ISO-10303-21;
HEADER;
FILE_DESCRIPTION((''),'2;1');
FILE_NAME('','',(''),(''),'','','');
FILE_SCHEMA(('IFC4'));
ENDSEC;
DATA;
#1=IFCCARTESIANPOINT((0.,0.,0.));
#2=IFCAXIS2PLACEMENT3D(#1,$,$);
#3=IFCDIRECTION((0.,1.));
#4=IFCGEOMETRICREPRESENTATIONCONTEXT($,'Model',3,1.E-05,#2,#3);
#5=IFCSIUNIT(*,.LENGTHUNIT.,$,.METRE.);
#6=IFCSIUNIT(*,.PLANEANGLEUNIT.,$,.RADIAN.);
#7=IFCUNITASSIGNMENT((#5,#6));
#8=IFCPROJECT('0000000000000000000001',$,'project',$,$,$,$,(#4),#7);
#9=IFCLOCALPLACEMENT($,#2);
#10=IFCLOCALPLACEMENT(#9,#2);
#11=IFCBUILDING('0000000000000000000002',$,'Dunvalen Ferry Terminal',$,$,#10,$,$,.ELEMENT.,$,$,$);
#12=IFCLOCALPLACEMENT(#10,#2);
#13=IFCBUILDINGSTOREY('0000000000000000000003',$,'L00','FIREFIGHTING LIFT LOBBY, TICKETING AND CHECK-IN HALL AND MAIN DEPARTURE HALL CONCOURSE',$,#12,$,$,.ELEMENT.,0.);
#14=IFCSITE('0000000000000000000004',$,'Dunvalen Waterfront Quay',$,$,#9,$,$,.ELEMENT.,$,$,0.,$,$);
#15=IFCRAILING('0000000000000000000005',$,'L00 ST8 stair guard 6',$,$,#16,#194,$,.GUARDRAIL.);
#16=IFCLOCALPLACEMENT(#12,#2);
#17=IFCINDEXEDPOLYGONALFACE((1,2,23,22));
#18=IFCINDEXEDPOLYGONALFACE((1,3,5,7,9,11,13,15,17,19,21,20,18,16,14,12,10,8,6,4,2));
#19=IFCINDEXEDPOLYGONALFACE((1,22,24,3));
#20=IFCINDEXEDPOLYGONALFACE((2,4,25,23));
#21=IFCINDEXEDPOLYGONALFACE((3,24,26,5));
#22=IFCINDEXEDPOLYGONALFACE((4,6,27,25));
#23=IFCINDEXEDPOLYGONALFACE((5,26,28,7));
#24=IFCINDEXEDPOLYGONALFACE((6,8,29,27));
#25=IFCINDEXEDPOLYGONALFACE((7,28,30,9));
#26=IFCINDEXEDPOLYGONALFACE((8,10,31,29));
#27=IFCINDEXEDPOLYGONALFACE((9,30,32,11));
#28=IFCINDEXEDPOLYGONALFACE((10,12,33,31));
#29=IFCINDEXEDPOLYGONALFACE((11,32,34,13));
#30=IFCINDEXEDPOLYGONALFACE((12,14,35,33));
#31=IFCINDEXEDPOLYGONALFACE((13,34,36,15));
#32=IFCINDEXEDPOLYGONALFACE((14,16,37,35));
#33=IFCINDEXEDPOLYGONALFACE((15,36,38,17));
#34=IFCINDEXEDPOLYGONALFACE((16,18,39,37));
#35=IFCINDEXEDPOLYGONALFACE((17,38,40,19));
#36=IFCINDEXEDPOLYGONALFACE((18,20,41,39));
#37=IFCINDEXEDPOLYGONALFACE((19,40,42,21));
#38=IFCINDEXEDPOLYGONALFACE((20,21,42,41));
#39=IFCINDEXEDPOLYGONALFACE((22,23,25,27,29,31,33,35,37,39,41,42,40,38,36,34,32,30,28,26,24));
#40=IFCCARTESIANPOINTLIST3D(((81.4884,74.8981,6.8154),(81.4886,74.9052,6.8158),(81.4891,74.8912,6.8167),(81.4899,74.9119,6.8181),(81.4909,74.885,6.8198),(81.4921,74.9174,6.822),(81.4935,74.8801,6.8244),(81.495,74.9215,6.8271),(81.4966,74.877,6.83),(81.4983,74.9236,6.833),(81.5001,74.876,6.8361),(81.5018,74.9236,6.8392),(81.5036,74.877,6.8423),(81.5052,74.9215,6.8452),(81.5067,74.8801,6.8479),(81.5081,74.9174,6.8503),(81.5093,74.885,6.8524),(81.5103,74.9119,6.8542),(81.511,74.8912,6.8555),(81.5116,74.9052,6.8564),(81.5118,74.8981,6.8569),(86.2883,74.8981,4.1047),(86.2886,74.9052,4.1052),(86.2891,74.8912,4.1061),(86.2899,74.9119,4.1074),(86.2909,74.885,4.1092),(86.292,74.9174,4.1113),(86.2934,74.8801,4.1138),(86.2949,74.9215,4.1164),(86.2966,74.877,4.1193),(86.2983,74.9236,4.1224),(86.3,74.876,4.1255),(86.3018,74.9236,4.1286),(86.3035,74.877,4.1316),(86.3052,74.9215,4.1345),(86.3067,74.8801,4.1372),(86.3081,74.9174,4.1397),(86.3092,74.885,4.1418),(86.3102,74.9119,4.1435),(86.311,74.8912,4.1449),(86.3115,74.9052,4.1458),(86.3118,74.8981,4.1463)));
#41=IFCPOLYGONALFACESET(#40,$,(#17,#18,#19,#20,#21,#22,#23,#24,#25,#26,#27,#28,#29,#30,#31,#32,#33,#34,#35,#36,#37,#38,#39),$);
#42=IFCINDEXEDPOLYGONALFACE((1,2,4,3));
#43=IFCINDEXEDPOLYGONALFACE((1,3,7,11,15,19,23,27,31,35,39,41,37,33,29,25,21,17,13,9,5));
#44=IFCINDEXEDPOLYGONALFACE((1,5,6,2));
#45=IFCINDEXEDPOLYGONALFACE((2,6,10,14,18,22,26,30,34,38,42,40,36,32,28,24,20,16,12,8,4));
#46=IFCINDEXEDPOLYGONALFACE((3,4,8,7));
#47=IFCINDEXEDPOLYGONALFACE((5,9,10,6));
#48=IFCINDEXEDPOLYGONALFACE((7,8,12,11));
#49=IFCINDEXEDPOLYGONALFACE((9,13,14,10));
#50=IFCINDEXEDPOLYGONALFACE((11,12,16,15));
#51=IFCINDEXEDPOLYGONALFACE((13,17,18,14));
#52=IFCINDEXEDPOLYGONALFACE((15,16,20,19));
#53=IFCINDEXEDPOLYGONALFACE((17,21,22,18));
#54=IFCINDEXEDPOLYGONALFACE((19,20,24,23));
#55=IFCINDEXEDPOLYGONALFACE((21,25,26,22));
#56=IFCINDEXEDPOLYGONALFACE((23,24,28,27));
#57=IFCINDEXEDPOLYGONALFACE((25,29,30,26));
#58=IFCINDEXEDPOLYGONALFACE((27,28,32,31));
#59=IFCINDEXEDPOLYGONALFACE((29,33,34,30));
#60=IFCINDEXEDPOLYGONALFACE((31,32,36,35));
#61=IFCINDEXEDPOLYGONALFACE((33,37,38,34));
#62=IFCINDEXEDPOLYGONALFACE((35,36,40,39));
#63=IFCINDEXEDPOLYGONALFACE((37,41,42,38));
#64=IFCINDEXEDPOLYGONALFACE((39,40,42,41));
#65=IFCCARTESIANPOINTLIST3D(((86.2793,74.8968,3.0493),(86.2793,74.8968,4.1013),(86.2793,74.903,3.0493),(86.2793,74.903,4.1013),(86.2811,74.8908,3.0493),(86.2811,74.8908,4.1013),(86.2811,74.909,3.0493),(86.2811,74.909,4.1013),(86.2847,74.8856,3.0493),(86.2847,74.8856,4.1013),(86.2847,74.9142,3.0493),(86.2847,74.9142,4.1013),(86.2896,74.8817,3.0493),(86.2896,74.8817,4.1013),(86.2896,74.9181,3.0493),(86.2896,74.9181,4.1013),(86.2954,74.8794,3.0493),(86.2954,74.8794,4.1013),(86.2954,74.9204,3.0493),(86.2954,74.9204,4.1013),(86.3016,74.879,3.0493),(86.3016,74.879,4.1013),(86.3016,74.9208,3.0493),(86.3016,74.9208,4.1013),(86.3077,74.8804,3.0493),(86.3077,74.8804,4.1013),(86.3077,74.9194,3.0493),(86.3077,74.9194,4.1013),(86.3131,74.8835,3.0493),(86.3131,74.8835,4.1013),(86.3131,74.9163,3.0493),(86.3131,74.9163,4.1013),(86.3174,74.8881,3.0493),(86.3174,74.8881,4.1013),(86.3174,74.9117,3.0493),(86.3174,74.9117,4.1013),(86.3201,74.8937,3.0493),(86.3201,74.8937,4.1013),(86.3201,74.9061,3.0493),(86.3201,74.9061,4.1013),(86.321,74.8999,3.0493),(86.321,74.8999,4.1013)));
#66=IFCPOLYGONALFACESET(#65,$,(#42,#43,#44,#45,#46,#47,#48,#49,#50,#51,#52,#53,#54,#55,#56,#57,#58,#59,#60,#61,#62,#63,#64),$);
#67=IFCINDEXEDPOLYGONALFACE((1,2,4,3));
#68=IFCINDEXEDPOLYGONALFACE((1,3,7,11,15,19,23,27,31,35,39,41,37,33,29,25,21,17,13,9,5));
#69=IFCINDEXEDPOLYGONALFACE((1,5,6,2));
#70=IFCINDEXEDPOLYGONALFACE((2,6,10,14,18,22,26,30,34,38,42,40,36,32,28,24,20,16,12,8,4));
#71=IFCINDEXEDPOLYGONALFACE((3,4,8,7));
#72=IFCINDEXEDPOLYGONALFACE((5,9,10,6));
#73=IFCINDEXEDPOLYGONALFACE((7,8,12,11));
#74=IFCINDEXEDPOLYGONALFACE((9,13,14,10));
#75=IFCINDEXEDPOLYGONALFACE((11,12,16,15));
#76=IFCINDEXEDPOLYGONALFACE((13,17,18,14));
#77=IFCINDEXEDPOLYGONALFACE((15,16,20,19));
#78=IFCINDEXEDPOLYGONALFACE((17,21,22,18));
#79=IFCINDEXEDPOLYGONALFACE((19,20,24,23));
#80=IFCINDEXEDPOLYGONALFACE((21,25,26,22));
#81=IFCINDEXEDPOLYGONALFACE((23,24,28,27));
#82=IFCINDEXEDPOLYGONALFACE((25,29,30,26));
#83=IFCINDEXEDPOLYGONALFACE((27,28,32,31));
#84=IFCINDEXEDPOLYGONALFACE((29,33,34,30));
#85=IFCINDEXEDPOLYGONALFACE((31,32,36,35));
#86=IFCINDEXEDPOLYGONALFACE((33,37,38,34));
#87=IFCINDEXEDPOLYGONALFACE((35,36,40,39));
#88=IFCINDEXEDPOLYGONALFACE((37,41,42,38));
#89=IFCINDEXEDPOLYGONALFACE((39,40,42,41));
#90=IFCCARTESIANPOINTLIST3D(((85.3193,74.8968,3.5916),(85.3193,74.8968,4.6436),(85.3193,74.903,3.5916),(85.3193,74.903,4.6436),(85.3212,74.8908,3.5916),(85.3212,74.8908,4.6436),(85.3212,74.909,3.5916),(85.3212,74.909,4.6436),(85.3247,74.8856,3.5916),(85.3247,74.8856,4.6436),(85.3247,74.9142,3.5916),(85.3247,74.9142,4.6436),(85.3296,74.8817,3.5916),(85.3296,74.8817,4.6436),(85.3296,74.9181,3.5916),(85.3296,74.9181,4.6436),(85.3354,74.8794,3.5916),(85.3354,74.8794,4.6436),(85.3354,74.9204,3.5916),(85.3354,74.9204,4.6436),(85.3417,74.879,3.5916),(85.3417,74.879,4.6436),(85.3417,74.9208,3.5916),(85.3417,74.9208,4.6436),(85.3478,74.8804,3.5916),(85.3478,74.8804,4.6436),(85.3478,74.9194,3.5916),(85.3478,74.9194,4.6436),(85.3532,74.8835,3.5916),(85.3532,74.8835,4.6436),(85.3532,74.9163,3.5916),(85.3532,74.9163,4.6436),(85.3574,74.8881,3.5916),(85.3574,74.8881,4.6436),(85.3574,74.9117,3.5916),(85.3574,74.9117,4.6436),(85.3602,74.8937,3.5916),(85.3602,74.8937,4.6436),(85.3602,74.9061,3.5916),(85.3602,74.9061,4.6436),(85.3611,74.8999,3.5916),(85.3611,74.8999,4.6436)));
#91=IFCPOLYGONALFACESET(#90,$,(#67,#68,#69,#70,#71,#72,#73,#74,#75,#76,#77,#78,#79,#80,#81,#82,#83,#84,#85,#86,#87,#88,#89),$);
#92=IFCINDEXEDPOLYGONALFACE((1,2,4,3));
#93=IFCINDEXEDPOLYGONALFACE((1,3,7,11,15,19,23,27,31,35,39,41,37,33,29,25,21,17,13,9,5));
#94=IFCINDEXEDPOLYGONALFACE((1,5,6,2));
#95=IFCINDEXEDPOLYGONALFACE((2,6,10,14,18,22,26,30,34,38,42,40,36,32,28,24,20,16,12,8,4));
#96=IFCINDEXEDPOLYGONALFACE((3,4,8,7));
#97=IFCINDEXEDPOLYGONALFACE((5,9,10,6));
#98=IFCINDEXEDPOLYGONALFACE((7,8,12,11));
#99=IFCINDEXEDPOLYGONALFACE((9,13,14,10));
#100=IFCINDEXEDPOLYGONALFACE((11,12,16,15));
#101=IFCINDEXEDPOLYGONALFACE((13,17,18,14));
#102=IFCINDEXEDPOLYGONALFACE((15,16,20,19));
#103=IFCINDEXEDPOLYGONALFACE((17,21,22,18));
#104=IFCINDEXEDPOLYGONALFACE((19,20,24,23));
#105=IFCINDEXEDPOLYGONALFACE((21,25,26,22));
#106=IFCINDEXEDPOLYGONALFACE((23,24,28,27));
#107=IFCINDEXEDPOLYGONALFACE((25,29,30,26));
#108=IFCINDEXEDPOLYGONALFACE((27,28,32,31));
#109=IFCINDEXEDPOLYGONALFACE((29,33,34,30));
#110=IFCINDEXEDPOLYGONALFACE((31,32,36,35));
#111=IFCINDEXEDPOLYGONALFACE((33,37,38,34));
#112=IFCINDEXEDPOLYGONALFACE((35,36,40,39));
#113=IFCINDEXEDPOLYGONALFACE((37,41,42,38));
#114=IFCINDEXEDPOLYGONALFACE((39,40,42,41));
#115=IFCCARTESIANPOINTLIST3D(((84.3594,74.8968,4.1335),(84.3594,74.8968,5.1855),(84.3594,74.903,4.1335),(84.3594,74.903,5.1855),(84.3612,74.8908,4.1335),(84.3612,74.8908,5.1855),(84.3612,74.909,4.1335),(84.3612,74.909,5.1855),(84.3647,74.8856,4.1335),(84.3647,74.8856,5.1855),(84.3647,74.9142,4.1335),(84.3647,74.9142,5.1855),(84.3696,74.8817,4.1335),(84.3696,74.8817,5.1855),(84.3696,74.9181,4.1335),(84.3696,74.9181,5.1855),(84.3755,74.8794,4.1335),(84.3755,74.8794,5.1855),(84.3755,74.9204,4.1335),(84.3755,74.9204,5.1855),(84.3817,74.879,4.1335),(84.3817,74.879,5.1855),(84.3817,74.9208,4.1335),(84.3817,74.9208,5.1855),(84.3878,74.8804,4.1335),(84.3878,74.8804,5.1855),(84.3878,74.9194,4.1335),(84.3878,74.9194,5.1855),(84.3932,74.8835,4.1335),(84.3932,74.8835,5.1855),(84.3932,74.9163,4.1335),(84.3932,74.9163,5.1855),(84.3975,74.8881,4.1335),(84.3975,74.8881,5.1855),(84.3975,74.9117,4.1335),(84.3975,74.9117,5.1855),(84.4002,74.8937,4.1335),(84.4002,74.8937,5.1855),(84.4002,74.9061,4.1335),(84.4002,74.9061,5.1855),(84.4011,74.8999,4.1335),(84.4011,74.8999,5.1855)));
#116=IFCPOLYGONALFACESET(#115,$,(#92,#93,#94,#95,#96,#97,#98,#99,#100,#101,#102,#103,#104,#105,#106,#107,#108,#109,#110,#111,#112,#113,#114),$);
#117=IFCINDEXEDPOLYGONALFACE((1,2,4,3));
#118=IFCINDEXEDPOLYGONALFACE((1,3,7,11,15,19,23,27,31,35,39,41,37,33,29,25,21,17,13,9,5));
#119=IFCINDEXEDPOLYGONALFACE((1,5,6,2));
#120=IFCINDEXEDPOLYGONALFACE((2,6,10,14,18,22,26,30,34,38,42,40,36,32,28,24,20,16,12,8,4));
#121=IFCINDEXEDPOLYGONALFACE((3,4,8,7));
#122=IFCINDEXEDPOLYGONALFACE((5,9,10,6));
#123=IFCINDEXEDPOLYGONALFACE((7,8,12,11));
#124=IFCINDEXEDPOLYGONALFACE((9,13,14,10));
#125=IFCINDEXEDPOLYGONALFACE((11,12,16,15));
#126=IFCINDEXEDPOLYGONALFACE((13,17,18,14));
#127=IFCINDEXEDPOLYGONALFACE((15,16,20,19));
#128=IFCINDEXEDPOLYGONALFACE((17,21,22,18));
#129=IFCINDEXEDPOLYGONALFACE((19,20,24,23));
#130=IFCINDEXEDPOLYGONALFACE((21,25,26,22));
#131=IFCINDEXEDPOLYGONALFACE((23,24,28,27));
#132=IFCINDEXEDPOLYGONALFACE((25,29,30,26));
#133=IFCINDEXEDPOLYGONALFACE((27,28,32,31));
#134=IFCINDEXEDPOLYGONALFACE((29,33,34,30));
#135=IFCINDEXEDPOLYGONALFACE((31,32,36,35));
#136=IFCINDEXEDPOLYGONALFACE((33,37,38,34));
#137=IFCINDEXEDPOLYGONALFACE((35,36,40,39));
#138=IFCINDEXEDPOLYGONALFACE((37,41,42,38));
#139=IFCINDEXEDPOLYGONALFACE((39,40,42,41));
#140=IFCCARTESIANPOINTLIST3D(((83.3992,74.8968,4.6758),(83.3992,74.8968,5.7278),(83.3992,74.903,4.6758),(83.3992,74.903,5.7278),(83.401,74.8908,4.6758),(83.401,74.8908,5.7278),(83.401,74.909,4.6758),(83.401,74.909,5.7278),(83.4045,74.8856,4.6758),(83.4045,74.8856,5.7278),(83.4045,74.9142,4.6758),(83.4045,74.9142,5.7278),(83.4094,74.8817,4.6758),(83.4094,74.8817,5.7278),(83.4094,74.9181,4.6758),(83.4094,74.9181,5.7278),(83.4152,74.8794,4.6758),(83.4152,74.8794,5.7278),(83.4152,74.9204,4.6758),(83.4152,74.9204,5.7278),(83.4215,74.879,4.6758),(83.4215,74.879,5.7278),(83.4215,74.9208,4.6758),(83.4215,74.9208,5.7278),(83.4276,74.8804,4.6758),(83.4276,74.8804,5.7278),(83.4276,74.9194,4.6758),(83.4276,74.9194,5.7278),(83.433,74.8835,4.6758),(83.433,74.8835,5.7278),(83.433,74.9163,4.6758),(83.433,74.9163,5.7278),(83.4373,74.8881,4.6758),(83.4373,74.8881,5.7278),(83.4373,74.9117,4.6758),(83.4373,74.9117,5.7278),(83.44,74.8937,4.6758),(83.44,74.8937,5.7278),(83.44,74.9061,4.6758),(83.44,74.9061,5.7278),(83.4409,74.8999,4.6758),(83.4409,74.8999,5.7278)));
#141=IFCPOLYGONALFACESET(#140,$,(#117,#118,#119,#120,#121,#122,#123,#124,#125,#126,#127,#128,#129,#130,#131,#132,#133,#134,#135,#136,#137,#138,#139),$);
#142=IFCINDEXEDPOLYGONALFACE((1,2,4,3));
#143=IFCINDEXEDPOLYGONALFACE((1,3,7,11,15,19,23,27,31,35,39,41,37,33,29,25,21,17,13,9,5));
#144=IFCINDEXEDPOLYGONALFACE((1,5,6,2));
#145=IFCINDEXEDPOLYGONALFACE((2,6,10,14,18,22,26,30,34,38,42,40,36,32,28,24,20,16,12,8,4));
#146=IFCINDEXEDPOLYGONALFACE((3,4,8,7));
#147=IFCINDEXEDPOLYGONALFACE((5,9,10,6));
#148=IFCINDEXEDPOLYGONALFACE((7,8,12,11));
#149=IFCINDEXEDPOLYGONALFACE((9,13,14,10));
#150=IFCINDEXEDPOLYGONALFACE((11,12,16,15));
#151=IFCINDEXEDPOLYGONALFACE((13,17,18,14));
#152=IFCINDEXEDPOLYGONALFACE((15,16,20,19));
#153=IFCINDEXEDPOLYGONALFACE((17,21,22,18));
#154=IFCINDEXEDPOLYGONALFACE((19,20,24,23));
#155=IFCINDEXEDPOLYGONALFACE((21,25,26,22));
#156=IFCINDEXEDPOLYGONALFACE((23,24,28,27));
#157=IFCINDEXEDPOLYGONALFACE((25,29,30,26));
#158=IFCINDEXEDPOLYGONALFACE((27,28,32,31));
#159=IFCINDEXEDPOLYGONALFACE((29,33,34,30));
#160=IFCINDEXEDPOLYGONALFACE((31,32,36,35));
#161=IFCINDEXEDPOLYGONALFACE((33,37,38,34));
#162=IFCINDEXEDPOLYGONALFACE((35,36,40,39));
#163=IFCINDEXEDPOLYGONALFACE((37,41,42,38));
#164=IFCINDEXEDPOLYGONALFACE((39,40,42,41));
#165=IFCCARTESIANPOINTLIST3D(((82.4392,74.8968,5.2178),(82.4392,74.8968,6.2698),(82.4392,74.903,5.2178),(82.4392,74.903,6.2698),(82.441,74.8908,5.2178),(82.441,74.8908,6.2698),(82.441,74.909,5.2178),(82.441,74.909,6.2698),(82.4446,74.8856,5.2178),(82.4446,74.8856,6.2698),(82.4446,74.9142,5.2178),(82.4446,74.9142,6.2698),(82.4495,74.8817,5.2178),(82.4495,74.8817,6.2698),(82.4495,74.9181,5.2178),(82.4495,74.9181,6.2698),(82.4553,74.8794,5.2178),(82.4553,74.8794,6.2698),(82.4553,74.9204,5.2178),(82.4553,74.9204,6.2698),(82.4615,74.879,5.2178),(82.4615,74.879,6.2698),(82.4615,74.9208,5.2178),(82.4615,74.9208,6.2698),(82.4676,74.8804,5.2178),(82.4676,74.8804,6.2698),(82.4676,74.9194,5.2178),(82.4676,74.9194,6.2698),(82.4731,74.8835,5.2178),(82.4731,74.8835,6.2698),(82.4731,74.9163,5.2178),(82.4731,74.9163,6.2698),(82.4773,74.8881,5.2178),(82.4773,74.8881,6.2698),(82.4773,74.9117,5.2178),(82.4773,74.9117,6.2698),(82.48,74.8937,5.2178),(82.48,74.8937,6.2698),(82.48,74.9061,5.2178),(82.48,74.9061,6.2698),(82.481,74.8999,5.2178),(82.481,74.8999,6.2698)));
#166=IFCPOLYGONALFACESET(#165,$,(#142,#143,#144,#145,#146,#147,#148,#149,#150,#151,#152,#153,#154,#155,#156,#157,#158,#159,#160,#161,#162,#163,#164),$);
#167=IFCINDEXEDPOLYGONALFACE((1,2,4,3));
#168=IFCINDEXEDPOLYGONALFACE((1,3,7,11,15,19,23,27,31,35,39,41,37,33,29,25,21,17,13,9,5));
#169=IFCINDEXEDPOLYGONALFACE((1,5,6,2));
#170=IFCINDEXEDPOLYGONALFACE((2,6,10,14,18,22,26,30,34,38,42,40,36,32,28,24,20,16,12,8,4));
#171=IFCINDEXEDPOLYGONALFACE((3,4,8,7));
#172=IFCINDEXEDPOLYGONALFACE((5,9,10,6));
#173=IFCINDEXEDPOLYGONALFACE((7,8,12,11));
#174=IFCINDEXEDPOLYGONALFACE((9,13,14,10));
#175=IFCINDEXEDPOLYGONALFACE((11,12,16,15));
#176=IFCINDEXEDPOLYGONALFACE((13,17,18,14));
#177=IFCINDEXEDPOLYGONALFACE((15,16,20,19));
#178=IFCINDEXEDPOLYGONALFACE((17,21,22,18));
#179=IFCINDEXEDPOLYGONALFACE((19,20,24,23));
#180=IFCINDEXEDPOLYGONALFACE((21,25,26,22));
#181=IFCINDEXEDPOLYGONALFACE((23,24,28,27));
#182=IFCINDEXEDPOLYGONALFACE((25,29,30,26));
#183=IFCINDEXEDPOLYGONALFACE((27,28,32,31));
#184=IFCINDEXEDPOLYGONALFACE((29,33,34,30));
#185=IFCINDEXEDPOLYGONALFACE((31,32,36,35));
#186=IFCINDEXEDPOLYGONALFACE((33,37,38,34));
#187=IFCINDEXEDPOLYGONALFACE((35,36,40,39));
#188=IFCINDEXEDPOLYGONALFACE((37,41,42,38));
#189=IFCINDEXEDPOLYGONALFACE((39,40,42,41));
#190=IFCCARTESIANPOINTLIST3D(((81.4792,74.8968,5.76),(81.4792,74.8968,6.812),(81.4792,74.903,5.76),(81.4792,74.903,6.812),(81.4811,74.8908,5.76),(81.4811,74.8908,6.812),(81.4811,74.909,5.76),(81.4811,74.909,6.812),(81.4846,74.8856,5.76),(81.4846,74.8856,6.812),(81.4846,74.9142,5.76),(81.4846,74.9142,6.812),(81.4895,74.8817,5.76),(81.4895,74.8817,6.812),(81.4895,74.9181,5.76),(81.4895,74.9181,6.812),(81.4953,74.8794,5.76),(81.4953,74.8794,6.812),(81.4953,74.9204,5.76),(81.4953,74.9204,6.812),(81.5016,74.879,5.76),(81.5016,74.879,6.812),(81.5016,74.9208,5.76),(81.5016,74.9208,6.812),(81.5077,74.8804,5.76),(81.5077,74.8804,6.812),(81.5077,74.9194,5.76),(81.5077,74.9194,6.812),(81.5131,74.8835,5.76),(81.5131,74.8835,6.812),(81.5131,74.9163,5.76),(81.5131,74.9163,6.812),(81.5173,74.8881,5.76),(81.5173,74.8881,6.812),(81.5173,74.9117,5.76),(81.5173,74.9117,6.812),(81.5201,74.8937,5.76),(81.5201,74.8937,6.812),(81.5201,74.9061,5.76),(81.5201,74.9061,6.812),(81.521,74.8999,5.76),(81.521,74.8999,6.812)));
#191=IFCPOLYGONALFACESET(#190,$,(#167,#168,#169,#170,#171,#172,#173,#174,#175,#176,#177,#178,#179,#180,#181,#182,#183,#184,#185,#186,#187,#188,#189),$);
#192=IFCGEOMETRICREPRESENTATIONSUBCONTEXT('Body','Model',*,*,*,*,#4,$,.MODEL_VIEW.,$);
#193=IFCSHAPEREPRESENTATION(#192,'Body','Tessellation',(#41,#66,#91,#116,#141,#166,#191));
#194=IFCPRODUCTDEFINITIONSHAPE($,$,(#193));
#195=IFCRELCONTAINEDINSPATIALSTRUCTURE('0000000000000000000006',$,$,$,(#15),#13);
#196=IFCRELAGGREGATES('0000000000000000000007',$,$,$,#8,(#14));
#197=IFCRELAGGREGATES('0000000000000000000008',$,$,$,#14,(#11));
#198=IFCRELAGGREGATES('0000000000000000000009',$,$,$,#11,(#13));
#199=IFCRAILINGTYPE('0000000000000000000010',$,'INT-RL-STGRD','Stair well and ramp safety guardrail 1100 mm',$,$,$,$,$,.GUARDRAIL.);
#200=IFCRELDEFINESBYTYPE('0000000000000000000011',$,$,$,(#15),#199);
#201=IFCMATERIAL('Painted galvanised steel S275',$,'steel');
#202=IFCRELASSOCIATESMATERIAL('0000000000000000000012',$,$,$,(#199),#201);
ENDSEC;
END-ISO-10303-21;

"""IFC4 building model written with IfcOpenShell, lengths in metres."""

from ifc_helpers import new_model, si_unit, direction, frame, origin, origin_2d, place, context, subcontext, project, spatial, circle, extrude, material, type_object, element, save


model = new_model("IFC4")

# Units and contexts
model_context = context("Model", 3, precision=1e-05, world=origin(), true_north=direction((0.0, 1.0)))
body_context = subcontext(model_context, "Body", "Model", "MODEL_VIEW")
ifc_project = project(units=[si_unit("LENGTHUNIT", "METRE"), si_unit("PLANEANGLEUNIT", "RADIAN")], contexts=[model_context])

# Site, building, storey
site_placement = place(None, origin())
site = spatial("IfcSite", under=ifc_project, at=site_placement, Name="Dunvalen Waterfront Quay", CompositionType="ELEMENT", RefElevation=0.0)
building_placement = place(site_placement, origin())
building = spatial("IfcBuilding", under=site, at=building_placement, Name="Dunvalen Ferry Terminal", CompositionType="ELEMENT")
storey_placement = place(building_placement, origin())
storey = spatial("IfcBuildingStorey", under=building, at=storey_placement, Name="L00", Description="FIREFIGHTING LIFT LOBBY, TICKETING AND CHECK-IN HALL AND MAIN DEPARTURE HALL CONCOURSE", CompositionType="ELEMENT", Elevation=0.0)

# Railing
ifc_material_1 = material(Name="Painted galvanised steel S275", Category="steel")
railing_type_1 = type_object("IfcRailingType", Name="INT-RL-STGRD", Description="Stair well and ramp safety guardrail 1100 mm", PredefinedType="GUARDRAIL", material=ifc_material_1)
railing_1_placement = place(storey_placement, frame((86.3, 74.8999, 3.0493)))
element("IfcRailing", 1, at=railing_1_placement, inside=storey, type_object=railing_type_1, Name="L00 ST8 stair guard 6", PredefinedType="GUARDRAIL", context=body_context, shape_type="SweptSolid", body=[
    extrude(circle(Radius=0.0239, at=origin_2d()), frame((0.0, 0.0, 1.0762), z_axis=(-0.870748, 0.0, 0.49173), x_axis=(0.0, -1.0, 0.0)), (0.0, 0.0, 1.0), 5.5125),
    extrude(circle(Radius=0.021, at=origin_2d()), origin(), (0.0, 0.0, 1.0), 1.052),
    extrude(circle(Radius=0.021, at=origin_2d()), frame((-0.96, 0.0, 0.5422)), (0.0, 0.0, 1.0), 1.052),
    extrude(circle(Radius=0.021, at=origin_2d()), frame((-1.9199, 0.0, 1.0842)), (0.0, 0.0, 1.0), 1.052),
    extrude(circle(Radius=0.021, at=origin_2d()), frame((-2.8801, 0.0, 1.6265)), (0.0, 0.0, 1.0), 1.052),
    extrude(circle(Radius=0.021, at=origin_2d()), frame((-3.8401, 0.0, 2.1685)), (0.0, 0.0, 1.0), 1.052),
    extrude(circle(Radius=0.021, at=origin_2d()), frame((-4.8, 0.0, 2.7107)), (0.0, 0.0, 1.0), 1.052),
])

save(model, "model.ifc")
